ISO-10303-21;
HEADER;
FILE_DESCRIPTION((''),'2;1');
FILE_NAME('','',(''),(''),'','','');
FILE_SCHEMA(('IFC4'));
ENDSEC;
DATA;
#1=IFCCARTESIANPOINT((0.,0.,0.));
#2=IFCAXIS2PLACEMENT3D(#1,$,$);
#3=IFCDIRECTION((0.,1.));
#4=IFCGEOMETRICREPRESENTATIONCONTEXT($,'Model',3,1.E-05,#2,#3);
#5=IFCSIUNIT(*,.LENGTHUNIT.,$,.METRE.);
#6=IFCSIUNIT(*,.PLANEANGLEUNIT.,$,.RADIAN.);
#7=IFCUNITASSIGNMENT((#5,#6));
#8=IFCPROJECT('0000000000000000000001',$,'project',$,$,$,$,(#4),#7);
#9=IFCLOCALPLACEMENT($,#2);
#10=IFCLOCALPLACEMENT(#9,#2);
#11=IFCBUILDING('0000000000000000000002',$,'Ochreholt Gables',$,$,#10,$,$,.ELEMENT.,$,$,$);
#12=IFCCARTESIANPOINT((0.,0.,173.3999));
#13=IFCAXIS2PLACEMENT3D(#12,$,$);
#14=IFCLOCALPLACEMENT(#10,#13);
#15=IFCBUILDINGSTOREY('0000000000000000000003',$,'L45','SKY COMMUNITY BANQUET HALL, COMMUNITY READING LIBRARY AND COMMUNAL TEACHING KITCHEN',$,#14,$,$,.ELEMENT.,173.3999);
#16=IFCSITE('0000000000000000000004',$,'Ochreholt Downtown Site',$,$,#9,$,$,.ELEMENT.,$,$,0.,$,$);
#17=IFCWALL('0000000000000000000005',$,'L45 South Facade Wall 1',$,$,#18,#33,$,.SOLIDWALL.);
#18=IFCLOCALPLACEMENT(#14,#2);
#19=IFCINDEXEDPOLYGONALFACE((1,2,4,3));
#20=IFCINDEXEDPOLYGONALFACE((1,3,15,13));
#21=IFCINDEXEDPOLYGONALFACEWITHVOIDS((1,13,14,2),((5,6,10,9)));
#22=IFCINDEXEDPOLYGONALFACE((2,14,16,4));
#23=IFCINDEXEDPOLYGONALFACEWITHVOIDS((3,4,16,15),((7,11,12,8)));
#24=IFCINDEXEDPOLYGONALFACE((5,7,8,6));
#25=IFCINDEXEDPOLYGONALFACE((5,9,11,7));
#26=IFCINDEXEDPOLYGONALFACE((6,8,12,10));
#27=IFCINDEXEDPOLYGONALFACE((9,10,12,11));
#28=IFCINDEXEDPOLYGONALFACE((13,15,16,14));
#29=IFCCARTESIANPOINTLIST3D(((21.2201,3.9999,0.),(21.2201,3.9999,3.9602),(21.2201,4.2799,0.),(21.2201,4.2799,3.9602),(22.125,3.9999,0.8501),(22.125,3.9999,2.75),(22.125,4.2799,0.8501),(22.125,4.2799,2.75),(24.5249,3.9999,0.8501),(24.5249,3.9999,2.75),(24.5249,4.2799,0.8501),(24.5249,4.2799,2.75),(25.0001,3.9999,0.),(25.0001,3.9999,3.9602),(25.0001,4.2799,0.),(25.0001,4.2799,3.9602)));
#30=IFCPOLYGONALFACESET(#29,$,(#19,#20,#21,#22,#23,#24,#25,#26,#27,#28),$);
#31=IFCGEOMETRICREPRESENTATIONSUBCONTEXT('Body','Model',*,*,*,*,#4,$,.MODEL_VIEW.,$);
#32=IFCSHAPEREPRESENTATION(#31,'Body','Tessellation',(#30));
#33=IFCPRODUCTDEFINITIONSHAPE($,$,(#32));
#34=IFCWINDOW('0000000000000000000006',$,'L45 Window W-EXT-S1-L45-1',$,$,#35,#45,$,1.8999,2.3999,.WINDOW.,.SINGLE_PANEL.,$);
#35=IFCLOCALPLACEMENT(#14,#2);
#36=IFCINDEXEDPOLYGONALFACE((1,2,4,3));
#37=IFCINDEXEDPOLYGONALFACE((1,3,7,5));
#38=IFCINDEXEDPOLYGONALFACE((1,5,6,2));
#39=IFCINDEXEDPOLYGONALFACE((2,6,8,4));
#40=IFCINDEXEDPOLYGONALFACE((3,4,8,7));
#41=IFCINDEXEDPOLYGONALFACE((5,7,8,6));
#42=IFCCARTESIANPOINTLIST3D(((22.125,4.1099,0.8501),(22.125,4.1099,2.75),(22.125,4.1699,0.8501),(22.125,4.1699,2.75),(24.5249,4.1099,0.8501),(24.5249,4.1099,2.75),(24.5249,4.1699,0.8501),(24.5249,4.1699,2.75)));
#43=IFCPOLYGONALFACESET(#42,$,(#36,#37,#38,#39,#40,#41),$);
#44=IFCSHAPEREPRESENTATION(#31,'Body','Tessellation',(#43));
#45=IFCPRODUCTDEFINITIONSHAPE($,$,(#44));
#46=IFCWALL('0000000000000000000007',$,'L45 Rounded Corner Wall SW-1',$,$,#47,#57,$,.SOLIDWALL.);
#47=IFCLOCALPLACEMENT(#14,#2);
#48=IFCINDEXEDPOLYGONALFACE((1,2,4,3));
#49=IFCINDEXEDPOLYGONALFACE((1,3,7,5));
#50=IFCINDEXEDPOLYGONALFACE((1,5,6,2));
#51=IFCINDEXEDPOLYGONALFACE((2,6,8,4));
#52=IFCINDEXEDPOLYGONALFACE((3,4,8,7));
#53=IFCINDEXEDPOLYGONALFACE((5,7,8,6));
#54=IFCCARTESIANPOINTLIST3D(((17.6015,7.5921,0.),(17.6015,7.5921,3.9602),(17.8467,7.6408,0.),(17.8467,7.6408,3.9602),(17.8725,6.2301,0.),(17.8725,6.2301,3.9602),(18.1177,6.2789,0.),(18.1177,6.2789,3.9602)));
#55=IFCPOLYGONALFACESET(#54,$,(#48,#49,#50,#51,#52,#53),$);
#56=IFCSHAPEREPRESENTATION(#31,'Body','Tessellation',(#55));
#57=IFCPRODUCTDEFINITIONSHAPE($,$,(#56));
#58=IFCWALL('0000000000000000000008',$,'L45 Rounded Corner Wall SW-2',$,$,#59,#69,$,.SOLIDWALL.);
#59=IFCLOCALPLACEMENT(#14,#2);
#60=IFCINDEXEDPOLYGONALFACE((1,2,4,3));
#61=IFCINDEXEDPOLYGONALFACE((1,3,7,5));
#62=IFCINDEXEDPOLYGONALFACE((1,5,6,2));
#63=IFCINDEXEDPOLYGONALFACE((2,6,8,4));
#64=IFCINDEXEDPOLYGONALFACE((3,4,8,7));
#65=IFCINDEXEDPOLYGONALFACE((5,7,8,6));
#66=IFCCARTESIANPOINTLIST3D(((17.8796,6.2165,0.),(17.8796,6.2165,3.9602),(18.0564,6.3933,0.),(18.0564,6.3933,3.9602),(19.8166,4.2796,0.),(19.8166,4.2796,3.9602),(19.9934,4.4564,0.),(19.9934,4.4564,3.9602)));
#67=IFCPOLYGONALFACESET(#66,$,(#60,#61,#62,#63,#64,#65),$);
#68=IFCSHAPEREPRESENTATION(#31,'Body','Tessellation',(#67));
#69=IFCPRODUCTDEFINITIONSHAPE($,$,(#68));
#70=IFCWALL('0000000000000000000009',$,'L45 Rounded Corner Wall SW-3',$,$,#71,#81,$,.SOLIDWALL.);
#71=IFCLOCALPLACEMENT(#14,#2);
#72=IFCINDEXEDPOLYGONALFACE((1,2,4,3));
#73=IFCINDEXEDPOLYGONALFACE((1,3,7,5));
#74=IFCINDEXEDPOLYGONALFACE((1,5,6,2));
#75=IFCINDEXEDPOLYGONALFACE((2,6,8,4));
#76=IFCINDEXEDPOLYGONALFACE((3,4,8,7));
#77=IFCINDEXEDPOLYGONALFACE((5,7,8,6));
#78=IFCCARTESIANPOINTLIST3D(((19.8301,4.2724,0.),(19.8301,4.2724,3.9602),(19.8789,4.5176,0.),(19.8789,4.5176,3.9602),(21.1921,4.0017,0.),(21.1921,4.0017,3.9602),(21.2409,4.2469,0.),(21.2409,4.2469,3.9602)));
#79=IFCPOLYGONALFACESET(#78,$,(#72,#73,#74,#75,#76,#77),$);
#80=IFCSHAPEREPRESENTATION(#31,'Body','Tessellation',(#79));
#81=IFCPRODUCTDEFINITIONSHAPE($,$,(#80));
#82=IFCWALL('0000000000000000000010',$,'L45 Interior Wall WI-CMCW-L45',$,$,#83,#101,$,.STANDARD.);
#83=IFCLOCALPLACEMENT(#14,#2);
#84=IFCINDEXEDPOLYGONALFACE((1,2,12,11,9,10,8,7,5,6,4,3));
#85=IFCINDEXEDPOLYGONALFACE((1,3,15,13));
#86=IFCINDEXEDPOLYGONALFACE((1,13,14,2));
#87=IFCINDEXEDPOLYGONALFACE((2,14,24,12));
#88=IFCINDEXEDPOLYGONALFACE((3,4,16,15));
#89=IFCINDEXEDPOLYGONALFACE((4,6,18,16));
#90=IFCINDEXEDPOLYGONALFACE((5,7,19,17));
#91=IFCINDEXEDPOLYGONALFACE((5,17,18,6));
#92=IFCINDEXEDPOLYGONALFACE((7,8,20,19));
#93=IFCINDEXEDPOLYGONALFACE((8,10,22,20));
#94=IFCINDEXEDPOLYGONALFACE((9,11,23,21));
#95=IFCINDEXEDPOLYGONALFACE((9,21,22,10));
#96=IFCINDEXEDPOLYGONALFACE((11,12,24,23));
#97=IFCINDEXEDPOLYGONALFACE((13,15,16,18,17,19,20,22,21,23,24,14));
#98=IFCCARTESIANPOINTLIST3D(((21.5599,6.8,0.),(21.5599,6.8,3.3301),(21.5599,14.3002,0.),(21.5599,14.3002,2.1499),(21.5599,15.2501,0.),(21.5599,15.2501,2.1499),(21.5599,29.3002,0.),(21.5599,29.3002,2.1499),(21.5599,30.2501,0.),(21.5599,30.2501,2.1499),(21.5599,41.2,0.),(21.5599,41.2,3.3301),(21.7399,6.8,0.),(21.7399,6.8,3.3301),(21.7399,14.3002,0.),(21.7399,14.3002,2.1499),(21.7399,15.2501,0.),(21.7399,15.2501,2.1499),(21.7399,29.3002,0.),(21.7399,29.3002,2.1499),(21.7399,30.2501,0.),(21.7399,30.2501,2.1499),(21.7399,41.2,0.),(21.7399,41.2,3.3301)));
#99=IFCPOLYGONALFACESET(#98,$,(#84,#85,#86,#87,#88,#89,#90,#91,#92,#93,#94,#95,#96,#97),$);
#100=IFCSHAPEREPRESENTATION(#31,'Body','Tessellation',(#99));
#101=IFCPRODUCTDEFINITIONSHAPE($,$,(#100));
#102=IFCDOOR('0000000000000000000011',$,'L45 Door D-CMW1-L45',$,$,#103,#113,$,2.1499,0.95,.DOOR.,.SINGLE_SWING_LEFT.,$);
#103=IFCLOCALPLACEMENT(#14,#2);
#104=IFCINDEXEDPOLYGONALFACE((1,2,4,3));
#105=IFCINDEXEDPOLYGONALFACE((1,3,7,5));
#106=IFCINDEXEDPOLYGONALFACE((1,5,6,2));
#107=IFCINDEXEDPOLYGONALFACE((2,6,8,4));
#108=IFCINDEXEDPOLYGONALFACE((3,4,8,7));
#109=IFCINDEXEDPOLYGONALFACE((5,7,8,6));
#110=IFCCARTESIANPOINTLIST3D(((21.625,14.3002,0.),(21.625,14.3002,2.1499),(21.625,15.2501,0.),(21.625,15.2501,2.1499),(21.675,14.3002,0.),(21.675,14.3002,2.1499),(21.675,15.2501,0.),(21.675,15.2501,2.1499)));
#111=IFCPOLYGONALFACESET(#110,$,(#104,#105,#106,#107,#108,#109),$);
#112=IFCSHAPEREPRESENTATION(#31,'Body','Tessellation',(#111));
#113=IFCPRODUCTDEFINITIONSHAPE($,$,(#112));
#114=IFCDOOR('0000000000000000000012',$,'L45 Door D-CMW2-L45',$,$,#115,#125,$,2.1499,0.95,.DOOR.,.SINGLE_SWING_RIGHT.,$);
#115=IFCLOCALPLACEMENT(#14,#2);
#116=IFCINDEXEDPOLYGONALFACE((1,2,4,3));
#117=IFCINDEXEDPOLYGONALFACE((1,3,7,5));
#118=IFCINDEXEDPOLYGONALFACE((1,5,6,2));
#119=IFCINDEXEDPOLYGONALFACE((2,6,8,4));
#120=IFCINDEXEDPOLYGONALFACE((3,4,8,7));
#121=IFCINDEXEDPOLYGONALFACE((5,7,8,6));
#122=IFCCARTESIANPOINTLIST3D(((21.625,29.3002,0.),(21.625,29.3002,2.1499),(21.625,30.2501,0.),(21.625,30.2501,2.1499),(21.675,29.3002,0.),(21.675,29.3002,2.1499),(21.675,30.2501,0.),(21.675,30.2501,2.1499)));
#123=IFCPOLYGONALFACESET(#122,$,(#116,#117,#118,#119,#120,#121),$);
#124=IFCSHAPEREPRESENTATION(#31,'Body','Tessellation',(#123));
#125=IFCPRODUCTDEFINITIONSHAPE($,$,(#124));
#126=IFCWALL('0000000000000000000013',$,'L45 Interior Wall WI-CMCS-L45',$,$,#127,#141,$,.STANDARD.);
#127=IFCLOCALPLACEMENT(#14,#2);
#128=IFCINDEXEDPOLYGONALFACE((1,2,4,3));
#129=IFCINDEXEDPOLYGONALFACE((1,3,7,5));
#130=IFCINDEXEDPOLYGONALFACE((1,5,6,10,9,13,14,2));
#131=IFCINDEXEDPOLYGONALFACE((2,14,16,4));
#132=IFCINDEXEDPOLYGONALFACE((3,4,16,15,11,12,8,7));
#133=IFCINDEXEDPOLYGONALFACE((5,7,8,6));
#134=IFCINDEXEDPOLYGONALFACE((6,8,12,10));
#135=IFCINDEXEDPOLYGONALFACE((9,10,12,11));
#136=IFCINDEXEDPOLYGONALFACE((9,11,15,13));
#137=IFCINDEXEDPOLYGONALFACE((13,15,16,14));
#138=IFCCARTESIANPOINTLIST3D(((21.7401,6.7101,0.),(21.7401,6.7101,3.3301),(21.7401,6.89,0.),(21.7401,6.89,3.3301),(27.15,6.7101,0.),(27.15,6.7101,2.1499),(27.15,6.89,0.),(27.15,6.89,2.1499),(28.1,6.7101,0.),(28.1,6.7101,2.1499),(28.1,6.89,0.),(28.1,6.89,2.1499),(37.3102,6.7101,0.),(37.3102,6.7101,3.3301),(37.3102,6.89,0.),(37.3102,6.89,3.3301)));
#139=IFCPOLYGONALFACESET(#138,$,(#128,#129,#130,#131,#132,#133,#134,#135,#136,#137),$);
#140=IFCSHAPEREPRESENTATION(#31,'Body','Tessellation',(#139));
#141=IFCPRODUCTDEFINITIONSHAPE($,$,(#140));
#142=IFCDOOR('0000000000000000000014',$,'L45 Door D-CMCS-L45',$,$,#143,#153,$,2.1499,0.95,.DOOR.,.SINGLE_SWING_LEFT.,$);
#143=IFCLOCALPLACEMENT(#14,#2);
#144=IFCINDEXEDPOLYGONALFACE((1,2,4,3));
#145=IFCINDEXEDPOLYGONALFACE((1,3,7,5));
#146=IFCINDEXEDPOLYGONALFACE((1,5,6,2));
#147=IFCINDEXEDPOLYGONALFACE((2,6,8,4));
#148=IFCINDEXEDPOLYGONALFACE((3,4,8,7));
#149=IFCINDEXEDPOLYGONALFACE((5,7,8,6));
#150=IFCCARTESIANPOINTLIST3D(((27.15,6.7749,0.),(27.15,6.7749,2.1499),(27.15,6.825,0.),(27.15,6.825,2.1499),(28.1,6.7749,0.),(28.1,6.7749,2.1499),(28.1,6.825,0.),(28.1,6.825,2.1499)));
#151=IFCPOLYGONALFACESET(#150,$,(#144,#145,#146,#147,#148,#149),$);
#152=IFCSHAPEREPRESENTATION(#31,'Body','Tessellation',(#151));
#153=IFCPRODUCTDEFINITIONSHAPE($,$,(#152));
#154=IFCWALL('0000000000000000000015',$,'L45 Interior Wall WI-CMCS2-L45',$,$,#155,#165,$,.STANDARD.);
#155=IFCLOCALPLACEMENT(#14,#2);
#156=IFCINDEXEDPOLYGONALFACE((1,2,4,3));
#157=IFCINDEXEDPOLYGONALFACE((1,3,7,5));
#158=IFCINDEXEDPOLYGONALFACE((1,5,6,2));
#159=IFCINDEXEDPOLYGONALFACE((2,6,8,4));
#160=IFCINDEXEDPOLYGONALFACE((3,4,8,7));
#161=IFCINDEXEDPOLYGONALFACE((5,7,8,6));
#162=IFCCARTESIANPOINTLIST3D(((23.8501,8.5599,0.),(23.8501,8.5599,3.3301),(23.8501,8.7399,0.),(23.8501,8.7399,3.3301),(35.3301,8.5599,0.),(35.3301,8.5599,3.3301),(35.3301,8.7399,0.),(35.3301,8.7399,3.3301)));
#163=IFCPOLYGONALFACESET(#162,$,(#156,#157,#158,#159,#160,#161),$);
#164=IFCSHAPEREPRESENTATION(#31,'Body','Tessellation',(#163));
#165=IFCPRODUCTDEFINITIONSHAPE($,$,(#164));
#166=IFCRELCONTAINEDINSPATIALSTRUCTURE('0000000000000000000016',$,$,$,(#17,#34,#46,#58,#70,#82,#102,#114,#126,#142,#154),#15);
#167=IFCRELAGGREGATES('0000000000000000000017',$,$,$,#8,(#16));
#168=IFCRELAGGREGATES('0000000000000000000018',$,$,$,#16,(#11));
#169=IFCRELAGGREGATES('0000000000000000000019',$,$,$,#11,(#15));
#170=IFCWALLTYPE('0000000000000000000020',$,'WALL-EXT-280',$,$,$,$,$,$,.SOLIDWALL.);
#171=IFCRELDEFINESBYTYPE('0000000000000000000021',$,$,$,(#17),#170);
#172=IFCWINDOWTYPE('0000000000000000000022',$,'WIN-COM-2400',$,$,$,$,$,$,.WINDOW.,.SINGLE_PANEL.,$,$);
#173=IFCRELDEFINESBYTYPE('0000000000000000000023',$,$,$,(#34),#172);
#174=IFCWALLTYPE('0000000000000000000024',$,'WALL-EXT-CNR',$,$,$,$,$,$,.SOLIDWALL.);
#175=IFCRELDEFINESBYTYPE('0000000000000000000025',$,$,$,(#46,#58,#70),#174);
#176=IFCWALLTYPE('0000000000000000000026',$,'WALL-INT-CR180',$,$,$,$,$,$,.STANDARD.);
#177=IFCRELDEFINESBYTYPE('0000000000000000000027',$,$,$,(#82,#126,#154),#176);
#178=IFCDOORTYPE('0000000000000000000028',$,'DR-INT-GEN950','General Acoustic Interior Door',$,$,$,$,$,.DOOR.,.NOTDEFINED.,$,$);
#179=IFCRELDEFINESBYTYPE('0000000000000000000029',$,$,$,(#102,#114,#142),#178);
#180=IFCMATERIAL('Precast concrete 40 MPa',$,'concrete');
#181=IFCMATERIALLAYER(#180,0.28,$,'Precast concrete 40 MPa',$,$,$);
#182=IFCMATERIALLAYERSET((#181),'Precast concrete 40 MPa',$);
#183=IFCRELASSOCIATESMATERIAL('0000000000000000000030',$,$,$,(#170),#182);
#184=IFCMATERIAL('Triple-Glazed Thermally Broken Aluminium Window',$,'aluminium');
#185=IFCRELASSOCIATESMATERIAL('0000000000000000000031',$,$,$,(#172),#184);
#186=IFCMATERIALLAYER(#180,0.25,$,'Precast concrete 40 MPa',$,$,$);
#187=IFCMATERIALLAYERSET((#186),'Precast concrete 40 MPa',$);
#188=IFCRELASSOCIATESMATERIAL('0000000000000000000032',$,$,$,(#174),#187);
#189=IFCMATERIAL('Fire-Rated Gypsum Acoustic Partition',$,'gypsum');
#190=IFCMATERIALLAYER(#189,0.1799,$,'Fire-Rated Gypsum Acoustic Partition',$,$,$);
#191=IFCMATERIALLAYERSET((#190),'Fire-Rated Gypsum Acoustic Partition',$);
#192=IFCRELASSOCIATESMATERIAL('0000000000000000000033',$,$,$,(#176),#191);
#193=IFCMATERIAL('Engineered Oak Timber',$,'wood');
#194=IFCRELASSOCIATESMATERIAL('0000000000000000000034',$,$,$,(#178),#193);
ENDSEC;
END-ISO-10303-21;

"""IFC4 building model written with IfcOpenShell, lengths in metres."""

from ifc_helpers import new_model, si_unit, direction, frame, frame_2d, origin, place, context, subcontext, project, spatial, rectangle, extrude, material, layer, layer_set, type_object, element, fill, save


model = new_model("IFC4")

# Units and contexts
model_context = context("Model", 3, precision=1e-05, world=origin(), true_north=direction((0.0, 1.0)))
body_context = subcontext(model_context, "Body", "Model", "MODEL_VIEW")
ifc_project = project(units=[si_unit("LENGTHUNIT", "METRE"), si_unit("PLANEANGLEUNIT", "RADIAN")], contexts=[model_context])

# Site, building, storey
site_placement = place(None, origin())
site = spatial("IfcSite", under=ifc_project, at=site_placement, Name="Ochreholt Downtown Site", CompositionType="ELEMENT", RefElevation=0.0)
building_placement = place(site_placement, origin())
building = spatial("IfcBuilding", under=site, at=building_placement, Name="Ochreholt Gables", CompositionType="ELEMENT")
storey_placement = place(building_placement, frame((0.0, 0.0, 173.3999)))
storey = spatial("IfcBuildingStorey", under=building, at=storey_placement, Name="L45", Description="SKY COMMUNITY BANQUET HALL, COMMUNITY READING LIBRARY AND COMMUNAL TEACHING KITCHEN", CompositionType="ELEMENT", Elevation=173.3999)

# Wall, opening, window
ifc_material_1 = material(Name="Precast concrete 40 MPa", Category="concrete")
ifc_layer_1 = layer(ifc_material_1, 0.28, Name="Precast concrete 40 MPa")
ifc_layer_set_1 = layer_set([ifc_layer_1], Name="Precast concrete 40 MPa")
wall_type_1 = type_object("IfcWallType", Name="WALL-EXT-280", PredefinedType="SOLIDWALL", material=ifc_layer_set_1)
wall_1_placement = place(storey_placement, frame((21.22, 4.1399, 0.0), z_axis=(0.0, 0.0, 1.0), x_axis=(1.0, 0.0, 0.0)))
wall_1 = element("IfcWall", 1, at=wall_1_placement, inside=storey, type_object=wall_type_1, Name="L45 South Facade Wall 1", PredefinedType="SOLIDWALL", context=body_context, shape_type="SweptSolid", body=[
    extrude(rectangle(XDim=3.78, YDim=0.28, at=frame_2d((1.8901, 0.0))), origin(), (0.0, 0.0, 1.0), 3.9602),
])
opening_1_placement = place(wall_1_placement, frame((0.905, 0.0, 0.8501)))
opening_1 = element("IfcOpeningElement", 2, at=opening_1_placement, cuts=wall_1, PredefinedType="OPENING", context=body_context, shape_type="SweptSolid", body=[
    extrude(rectangle(XDim=2.3999, YDim=1.8999, at=frame_2d((1.2, 0.95))), frame((0.0, 0.1499, 0.0), z_axis=(0.0, -1.0, 0.0), x_axis=(1.0, 0.0, 0.0)), (0.0, 0.0, 1.0), 0.3),
])
ifc_material_2 = material(Name="Triple-Glazed Thermally Broken Aluminium Window", Category="aluminium")
window_type = type_object("IfcWindowType", Name="WIN-COM-2400", PartitioningType="SINGLE_PANEL", PredefinedType="WINDOW", material=ifc_material_2)
window_placement = place(opening_1_placement, origin())
window = element("IfcWindow", 3, at=window_placement, inside=storey, type_object=window_type, Name="L45 Window W-EXT-S1-L45-1", OverallHeight=1.8999, OverallWidth=2.3999, PartitioningType="SINGLE_PANEL", PredefinedType="WINDOW", context=body_context, shape_type="SweptSolid", body=[
    extrude(rectangle(XDim=2.3999, YDim=1.8999, at=frame_2d((1.2, 0.95))), frame((0.0, 0.03, 0.0), z_axis=(0.0, -1.0, 0.0), x_axis=(1.0, 0.0, 0.0)), (0.0, 0.0, 1.0), 0.0601),
])
fill(opening_1, window)

# Walls
ifc_layer_2 = layer(ifc_material_1, 0.25, Name="Precast concrete 40 MPa")
ifc_layer_set_2 = layer_set([ifc_layer_2], Name="Precast concrete 40 MPa")
wall_type_2 = type_object("IfcWallType", Name="WALL-EXT-CNR", PredefinedType="SOLIDWALL", material=ifc_layer_set_2)
wall_2_placement = place(storey_placement, frame((17.7241, 7.6165, 0.0), z_axis=(0.0, 0.0, 1.0), x_axis=(0.195136, -0.980776, 0.0)))
element("IfcWall", 4, at=wall_2_placement, inside=storey, type_object=wall_type_2, Name="L45 Rounded Corner Wall SW-1", PredefinedType="SOLIDWALL", context=body_context, shape_type="SweptSolid", body=[
    extrude(rectangle(XDim=1.3887, YDim=0.25, at=frame_2d((0.6943, 0.0))), origin(), (0.0, 0.0, 1.0), 3.9602),
])
wall_3_placement = place(storey_placement, frame((17.968, 6.3049, 0.0), z_axis=(0.0, 0.0, 1.0), x_axis=(0.707107, -0.707107, 0.0)))
element("IfcWall", 5, at=wall_3_placement, inside=storey, type_object=wall_type_2, Name="L45 Rounded Corner Wall SW-2", PredefinedType="SOLIDWALL", context=body_context, shape_type="SweptSolid", body=[
    extrude(rectangle(XDim=2.7393, YDim=0.25, at=frame_2d((1.3696, 0.0))), origin(), (0.0, 0.0, 1.0), 3.9602),
])
wall_4_placement = place(storey_placement, frame((19.8545, 4.395, 0.0), z_axis=(0.0, 0.0, 1.0), x_axis=(0.98081, -0.194967, 0.0)))
element("IfcWall", 6, at=wall_4_placement, inside=storey, type_object=wall_type_2, Name="L45 Rounded Corner Wall SW-3", PredefinedType="SOLIDWALL", context=body_context, shape_type="SweptSolid", body=[
    extrude(rectangle(XDim=1.3887, YDim=0.25, at=frame_2d((0.6943, 0.0))), origin(), (0.0, 0.0, 1.0), 3.9602),
])

# Wall, openings, doors
ifc_material_3 = material(Name="Fire-Rated Gypsum Acoustic Partition", Category="gypsum")
ifc_layer_3 = layer(ifc_material_3, 0.1799, Name="Fire-Rated Gypsum Acoustic Partition")
ifc_layer_set_3 = layer_set([ifc_layer_3], Name="Fire-Rated Gypsum Acoustic Partition")
wall_type_3 = type_object("IfcWallType", Name="WALL-INT-CR180", PredefinedType="STANDARD", material=ifc_layer_set_3)
wall_5_placement = place(storey_placement, frame((21.6499, 6.8, 0.0), z_axis=(0.0, 0.0, 1.0), x_axis=(0.0, 1.0, 0.0)))
wall_5 = element("IfcWall", 7, at=wall_5_placement, inside=storey, type_object=wall_type_3, Name="L45 Interior Wall WI-CMCW-L45", PredefinedType="STANDARD", context=body_context, shape_type="SweptSolid", body=[
    extrude(rectangle(XDim=34.3999, YDim=0.1799, at=frame_2d((17.2, 0.0))), origin(), (0.0, 0.0, 1.0), 3.3301),
])
opening_2_placement = place(wall_5_placement, frame((7.5, 0.0, 0.0)))
opening_2 = element("IfcOpeningElement", 8, at=opening_2_placement, cuts=wall_5, PredefinedType="OPENING", context=body_context, shape_type="SweptSolid", body=[
    extrude(rectangle(XDim=0.95, YDim=2.1499, at=frame_2d((0.4751, 1.075))), frame((0.0, 0.0999, 0.0), z_axis=(0.0, -1.0, 0.0), x_axis=(1.0, 0.0, 0.0)), (0.0, 0.0, 1.0), 0.2),
])
opening_3_placement = place(wall_5_placement, frame((22.5, 0.0, 0.0)))
opening_3 = element("IfcOpeningElement", 9, at=opening_3_placement, cuts=wall_5, PredefinedType="OPENING", context=body_context, shape_type="SweptSolid", body=[
    extrude(rectangle(XDim=0.95, YDim=2.1499, at=frame_2d((0.4751, 1.075))), frame((0.0, 0.0999, 0.0), z_axis=(0.0, -1.0, 0.0), x_axis=(1.0, 0.0, 0.0)), (0.0, 0.0, 1.0), 0.2),
])
ifc_material_4 = material(Name="Engineered Oak Timber", Category="wood")
door_type = type_object("IfcDoorType", Name="DR-INT-GEN950", Description="General Acoustic Interior Door", OperationType="NOTDEFINED", PredefinedType="DOOR", material=ifc_material_4)
door_1_placement = place(opening_2_placement, origin())
door_1 = element("IfcDoor", 10, at=door_1_placement, inside=storey, type_object=door_type, Name="L45 Door D-CMW1-L45", OperationType="SINGLE_SWING_LEFT", OverallHeight=2.1499, OverallWidth=0.95, PredefinedType="DOOR", context=body_context, shape_type="SweptSolid", body=[
    extrude(rectangle(XDim=0.95, YDim=2.1499, at=frame_2d((0.4751, 1.075))), frame((0.0, 0.0249, 0.0), z_axis=(0.0, -1.0, 0.0), x_axis=(1.0, 0.0, 0.0)), (0.0, 0.0, 1.0), 0.05),
])
fill(opening_2, door_1)
door_2_placement = place(opening_3_placement, origin())
door_2 = element("IfcDoor", 11, at=door_2_placement, inside=storey, type_object=door_type, Name="L45 Door D-CMW2-L45", OperationType="SINGLE_SWING_RIGHT", OverallHeight=2.1499, OverallWidth=0.95, PredefinedType="DOOR", context=body_context, shape_type="SweptSolid", body=[
    extrude(rectangle(XDim=0.95, YDim=2.1499, at=frame_2d((0.4751, 1.075))), frame((0.0, 0.0249, 0.0), z_axis=(0.0, -1.0, 0.0), x_axis=(1.0, 0.0, 0.0)), (0.0, 0.0, 1.0), 0.05),
])
fill(opening_3, door_2)

# Wall, opening, door
wall_6_placement = place(storey_placement, frame((21.74, 6.8, 0.0), z_axis=(0.0, 0.0, 1.0), x_axis=(1.0, 0.0, 0.0)))
wall_6 = element("IfcWall", 12, at=wall_6_placement, inside=storey, type_object=wall_type_3, Name="L45 Interior Wall WI-CMCS-L45", PredefinedType="STANDARD", context=body_context, shape_type="SweptSolid", body=[
    extrude(rectangle(XDim=15.5701, YDim=0.1799, at=frame_2d((7.7852, 0.0))), origin(), (0.0, 0.0, 1.0), 3.3301),
])
opening_4_placement = place(wall_6_placement, frame((5.4099, 0.0, 0.0)))
opening_4 = element("IfcOpeningElement", 13, at=opening_4_placement, cuts=wall_6, PredefinedType="OPENING", context=body_context, shape_type="SweptSolid", body=[
    extrude(rectangle(XDim=0.95, YDim=2.1499, at=frame_2d((0.4751, 1.075))), frame((0.0, 0.0999, 0.0), z_axis=(0.0, -1.0, 0.0), x_axis=(1.0, 0.0, 0.0)), (0.0, 0.0, 1.0), 0.2),
])
door_3_placement = place(opening_4_placement, origin())
door_3 = element("IfcDoor", 14, at=door_3_placement, inside=storey, type_object=door_type, Name="L45 Door D-CMCS-L45", OperationType="SINGLE_SWING_LEFT", OverallHeight=2.1499, OverallWidth=0.95, PredefinedType="DOOR", context=body_context, shape_type="SweptSolid", body=[
    extrude(rectangle(XDim=0.95, YDim=2.1499, at=frame_2d((0.4751, 1.075))), frame((0.0, 0.0249, 0.0), z_axis=(0.0, -1.0, 0.0), x_axis=(1.0, 0.0, 0.0)), (0.0, 0.0, 1.0), 0.05),
])
fill(opening_4, door_3)

# Wall
wall_7_placement = place(storey_placement, frame((23.8501, 8.6499, 0.0), z_axis=(0.0, 0.0, 1.0), x_axis=(1.0, 0.0, 0.0)))
element("IfcWall", 15, at=wall_7_placement, inside=storey, type_object=wall_type_3, Name="L45 Interior Wall WI-CMCS2-L45", PredefinedType="STANDARD", context=body_context, shape_type="SweptSolid", body=[
    extrude(rectangle(XDim=11.48, YDim=0.1799, at=frame_2d((5.74, 0.0))), origin(), (0.0, 0.0, 1.0), 3.3301),
])

save(model, "model.ifc")
